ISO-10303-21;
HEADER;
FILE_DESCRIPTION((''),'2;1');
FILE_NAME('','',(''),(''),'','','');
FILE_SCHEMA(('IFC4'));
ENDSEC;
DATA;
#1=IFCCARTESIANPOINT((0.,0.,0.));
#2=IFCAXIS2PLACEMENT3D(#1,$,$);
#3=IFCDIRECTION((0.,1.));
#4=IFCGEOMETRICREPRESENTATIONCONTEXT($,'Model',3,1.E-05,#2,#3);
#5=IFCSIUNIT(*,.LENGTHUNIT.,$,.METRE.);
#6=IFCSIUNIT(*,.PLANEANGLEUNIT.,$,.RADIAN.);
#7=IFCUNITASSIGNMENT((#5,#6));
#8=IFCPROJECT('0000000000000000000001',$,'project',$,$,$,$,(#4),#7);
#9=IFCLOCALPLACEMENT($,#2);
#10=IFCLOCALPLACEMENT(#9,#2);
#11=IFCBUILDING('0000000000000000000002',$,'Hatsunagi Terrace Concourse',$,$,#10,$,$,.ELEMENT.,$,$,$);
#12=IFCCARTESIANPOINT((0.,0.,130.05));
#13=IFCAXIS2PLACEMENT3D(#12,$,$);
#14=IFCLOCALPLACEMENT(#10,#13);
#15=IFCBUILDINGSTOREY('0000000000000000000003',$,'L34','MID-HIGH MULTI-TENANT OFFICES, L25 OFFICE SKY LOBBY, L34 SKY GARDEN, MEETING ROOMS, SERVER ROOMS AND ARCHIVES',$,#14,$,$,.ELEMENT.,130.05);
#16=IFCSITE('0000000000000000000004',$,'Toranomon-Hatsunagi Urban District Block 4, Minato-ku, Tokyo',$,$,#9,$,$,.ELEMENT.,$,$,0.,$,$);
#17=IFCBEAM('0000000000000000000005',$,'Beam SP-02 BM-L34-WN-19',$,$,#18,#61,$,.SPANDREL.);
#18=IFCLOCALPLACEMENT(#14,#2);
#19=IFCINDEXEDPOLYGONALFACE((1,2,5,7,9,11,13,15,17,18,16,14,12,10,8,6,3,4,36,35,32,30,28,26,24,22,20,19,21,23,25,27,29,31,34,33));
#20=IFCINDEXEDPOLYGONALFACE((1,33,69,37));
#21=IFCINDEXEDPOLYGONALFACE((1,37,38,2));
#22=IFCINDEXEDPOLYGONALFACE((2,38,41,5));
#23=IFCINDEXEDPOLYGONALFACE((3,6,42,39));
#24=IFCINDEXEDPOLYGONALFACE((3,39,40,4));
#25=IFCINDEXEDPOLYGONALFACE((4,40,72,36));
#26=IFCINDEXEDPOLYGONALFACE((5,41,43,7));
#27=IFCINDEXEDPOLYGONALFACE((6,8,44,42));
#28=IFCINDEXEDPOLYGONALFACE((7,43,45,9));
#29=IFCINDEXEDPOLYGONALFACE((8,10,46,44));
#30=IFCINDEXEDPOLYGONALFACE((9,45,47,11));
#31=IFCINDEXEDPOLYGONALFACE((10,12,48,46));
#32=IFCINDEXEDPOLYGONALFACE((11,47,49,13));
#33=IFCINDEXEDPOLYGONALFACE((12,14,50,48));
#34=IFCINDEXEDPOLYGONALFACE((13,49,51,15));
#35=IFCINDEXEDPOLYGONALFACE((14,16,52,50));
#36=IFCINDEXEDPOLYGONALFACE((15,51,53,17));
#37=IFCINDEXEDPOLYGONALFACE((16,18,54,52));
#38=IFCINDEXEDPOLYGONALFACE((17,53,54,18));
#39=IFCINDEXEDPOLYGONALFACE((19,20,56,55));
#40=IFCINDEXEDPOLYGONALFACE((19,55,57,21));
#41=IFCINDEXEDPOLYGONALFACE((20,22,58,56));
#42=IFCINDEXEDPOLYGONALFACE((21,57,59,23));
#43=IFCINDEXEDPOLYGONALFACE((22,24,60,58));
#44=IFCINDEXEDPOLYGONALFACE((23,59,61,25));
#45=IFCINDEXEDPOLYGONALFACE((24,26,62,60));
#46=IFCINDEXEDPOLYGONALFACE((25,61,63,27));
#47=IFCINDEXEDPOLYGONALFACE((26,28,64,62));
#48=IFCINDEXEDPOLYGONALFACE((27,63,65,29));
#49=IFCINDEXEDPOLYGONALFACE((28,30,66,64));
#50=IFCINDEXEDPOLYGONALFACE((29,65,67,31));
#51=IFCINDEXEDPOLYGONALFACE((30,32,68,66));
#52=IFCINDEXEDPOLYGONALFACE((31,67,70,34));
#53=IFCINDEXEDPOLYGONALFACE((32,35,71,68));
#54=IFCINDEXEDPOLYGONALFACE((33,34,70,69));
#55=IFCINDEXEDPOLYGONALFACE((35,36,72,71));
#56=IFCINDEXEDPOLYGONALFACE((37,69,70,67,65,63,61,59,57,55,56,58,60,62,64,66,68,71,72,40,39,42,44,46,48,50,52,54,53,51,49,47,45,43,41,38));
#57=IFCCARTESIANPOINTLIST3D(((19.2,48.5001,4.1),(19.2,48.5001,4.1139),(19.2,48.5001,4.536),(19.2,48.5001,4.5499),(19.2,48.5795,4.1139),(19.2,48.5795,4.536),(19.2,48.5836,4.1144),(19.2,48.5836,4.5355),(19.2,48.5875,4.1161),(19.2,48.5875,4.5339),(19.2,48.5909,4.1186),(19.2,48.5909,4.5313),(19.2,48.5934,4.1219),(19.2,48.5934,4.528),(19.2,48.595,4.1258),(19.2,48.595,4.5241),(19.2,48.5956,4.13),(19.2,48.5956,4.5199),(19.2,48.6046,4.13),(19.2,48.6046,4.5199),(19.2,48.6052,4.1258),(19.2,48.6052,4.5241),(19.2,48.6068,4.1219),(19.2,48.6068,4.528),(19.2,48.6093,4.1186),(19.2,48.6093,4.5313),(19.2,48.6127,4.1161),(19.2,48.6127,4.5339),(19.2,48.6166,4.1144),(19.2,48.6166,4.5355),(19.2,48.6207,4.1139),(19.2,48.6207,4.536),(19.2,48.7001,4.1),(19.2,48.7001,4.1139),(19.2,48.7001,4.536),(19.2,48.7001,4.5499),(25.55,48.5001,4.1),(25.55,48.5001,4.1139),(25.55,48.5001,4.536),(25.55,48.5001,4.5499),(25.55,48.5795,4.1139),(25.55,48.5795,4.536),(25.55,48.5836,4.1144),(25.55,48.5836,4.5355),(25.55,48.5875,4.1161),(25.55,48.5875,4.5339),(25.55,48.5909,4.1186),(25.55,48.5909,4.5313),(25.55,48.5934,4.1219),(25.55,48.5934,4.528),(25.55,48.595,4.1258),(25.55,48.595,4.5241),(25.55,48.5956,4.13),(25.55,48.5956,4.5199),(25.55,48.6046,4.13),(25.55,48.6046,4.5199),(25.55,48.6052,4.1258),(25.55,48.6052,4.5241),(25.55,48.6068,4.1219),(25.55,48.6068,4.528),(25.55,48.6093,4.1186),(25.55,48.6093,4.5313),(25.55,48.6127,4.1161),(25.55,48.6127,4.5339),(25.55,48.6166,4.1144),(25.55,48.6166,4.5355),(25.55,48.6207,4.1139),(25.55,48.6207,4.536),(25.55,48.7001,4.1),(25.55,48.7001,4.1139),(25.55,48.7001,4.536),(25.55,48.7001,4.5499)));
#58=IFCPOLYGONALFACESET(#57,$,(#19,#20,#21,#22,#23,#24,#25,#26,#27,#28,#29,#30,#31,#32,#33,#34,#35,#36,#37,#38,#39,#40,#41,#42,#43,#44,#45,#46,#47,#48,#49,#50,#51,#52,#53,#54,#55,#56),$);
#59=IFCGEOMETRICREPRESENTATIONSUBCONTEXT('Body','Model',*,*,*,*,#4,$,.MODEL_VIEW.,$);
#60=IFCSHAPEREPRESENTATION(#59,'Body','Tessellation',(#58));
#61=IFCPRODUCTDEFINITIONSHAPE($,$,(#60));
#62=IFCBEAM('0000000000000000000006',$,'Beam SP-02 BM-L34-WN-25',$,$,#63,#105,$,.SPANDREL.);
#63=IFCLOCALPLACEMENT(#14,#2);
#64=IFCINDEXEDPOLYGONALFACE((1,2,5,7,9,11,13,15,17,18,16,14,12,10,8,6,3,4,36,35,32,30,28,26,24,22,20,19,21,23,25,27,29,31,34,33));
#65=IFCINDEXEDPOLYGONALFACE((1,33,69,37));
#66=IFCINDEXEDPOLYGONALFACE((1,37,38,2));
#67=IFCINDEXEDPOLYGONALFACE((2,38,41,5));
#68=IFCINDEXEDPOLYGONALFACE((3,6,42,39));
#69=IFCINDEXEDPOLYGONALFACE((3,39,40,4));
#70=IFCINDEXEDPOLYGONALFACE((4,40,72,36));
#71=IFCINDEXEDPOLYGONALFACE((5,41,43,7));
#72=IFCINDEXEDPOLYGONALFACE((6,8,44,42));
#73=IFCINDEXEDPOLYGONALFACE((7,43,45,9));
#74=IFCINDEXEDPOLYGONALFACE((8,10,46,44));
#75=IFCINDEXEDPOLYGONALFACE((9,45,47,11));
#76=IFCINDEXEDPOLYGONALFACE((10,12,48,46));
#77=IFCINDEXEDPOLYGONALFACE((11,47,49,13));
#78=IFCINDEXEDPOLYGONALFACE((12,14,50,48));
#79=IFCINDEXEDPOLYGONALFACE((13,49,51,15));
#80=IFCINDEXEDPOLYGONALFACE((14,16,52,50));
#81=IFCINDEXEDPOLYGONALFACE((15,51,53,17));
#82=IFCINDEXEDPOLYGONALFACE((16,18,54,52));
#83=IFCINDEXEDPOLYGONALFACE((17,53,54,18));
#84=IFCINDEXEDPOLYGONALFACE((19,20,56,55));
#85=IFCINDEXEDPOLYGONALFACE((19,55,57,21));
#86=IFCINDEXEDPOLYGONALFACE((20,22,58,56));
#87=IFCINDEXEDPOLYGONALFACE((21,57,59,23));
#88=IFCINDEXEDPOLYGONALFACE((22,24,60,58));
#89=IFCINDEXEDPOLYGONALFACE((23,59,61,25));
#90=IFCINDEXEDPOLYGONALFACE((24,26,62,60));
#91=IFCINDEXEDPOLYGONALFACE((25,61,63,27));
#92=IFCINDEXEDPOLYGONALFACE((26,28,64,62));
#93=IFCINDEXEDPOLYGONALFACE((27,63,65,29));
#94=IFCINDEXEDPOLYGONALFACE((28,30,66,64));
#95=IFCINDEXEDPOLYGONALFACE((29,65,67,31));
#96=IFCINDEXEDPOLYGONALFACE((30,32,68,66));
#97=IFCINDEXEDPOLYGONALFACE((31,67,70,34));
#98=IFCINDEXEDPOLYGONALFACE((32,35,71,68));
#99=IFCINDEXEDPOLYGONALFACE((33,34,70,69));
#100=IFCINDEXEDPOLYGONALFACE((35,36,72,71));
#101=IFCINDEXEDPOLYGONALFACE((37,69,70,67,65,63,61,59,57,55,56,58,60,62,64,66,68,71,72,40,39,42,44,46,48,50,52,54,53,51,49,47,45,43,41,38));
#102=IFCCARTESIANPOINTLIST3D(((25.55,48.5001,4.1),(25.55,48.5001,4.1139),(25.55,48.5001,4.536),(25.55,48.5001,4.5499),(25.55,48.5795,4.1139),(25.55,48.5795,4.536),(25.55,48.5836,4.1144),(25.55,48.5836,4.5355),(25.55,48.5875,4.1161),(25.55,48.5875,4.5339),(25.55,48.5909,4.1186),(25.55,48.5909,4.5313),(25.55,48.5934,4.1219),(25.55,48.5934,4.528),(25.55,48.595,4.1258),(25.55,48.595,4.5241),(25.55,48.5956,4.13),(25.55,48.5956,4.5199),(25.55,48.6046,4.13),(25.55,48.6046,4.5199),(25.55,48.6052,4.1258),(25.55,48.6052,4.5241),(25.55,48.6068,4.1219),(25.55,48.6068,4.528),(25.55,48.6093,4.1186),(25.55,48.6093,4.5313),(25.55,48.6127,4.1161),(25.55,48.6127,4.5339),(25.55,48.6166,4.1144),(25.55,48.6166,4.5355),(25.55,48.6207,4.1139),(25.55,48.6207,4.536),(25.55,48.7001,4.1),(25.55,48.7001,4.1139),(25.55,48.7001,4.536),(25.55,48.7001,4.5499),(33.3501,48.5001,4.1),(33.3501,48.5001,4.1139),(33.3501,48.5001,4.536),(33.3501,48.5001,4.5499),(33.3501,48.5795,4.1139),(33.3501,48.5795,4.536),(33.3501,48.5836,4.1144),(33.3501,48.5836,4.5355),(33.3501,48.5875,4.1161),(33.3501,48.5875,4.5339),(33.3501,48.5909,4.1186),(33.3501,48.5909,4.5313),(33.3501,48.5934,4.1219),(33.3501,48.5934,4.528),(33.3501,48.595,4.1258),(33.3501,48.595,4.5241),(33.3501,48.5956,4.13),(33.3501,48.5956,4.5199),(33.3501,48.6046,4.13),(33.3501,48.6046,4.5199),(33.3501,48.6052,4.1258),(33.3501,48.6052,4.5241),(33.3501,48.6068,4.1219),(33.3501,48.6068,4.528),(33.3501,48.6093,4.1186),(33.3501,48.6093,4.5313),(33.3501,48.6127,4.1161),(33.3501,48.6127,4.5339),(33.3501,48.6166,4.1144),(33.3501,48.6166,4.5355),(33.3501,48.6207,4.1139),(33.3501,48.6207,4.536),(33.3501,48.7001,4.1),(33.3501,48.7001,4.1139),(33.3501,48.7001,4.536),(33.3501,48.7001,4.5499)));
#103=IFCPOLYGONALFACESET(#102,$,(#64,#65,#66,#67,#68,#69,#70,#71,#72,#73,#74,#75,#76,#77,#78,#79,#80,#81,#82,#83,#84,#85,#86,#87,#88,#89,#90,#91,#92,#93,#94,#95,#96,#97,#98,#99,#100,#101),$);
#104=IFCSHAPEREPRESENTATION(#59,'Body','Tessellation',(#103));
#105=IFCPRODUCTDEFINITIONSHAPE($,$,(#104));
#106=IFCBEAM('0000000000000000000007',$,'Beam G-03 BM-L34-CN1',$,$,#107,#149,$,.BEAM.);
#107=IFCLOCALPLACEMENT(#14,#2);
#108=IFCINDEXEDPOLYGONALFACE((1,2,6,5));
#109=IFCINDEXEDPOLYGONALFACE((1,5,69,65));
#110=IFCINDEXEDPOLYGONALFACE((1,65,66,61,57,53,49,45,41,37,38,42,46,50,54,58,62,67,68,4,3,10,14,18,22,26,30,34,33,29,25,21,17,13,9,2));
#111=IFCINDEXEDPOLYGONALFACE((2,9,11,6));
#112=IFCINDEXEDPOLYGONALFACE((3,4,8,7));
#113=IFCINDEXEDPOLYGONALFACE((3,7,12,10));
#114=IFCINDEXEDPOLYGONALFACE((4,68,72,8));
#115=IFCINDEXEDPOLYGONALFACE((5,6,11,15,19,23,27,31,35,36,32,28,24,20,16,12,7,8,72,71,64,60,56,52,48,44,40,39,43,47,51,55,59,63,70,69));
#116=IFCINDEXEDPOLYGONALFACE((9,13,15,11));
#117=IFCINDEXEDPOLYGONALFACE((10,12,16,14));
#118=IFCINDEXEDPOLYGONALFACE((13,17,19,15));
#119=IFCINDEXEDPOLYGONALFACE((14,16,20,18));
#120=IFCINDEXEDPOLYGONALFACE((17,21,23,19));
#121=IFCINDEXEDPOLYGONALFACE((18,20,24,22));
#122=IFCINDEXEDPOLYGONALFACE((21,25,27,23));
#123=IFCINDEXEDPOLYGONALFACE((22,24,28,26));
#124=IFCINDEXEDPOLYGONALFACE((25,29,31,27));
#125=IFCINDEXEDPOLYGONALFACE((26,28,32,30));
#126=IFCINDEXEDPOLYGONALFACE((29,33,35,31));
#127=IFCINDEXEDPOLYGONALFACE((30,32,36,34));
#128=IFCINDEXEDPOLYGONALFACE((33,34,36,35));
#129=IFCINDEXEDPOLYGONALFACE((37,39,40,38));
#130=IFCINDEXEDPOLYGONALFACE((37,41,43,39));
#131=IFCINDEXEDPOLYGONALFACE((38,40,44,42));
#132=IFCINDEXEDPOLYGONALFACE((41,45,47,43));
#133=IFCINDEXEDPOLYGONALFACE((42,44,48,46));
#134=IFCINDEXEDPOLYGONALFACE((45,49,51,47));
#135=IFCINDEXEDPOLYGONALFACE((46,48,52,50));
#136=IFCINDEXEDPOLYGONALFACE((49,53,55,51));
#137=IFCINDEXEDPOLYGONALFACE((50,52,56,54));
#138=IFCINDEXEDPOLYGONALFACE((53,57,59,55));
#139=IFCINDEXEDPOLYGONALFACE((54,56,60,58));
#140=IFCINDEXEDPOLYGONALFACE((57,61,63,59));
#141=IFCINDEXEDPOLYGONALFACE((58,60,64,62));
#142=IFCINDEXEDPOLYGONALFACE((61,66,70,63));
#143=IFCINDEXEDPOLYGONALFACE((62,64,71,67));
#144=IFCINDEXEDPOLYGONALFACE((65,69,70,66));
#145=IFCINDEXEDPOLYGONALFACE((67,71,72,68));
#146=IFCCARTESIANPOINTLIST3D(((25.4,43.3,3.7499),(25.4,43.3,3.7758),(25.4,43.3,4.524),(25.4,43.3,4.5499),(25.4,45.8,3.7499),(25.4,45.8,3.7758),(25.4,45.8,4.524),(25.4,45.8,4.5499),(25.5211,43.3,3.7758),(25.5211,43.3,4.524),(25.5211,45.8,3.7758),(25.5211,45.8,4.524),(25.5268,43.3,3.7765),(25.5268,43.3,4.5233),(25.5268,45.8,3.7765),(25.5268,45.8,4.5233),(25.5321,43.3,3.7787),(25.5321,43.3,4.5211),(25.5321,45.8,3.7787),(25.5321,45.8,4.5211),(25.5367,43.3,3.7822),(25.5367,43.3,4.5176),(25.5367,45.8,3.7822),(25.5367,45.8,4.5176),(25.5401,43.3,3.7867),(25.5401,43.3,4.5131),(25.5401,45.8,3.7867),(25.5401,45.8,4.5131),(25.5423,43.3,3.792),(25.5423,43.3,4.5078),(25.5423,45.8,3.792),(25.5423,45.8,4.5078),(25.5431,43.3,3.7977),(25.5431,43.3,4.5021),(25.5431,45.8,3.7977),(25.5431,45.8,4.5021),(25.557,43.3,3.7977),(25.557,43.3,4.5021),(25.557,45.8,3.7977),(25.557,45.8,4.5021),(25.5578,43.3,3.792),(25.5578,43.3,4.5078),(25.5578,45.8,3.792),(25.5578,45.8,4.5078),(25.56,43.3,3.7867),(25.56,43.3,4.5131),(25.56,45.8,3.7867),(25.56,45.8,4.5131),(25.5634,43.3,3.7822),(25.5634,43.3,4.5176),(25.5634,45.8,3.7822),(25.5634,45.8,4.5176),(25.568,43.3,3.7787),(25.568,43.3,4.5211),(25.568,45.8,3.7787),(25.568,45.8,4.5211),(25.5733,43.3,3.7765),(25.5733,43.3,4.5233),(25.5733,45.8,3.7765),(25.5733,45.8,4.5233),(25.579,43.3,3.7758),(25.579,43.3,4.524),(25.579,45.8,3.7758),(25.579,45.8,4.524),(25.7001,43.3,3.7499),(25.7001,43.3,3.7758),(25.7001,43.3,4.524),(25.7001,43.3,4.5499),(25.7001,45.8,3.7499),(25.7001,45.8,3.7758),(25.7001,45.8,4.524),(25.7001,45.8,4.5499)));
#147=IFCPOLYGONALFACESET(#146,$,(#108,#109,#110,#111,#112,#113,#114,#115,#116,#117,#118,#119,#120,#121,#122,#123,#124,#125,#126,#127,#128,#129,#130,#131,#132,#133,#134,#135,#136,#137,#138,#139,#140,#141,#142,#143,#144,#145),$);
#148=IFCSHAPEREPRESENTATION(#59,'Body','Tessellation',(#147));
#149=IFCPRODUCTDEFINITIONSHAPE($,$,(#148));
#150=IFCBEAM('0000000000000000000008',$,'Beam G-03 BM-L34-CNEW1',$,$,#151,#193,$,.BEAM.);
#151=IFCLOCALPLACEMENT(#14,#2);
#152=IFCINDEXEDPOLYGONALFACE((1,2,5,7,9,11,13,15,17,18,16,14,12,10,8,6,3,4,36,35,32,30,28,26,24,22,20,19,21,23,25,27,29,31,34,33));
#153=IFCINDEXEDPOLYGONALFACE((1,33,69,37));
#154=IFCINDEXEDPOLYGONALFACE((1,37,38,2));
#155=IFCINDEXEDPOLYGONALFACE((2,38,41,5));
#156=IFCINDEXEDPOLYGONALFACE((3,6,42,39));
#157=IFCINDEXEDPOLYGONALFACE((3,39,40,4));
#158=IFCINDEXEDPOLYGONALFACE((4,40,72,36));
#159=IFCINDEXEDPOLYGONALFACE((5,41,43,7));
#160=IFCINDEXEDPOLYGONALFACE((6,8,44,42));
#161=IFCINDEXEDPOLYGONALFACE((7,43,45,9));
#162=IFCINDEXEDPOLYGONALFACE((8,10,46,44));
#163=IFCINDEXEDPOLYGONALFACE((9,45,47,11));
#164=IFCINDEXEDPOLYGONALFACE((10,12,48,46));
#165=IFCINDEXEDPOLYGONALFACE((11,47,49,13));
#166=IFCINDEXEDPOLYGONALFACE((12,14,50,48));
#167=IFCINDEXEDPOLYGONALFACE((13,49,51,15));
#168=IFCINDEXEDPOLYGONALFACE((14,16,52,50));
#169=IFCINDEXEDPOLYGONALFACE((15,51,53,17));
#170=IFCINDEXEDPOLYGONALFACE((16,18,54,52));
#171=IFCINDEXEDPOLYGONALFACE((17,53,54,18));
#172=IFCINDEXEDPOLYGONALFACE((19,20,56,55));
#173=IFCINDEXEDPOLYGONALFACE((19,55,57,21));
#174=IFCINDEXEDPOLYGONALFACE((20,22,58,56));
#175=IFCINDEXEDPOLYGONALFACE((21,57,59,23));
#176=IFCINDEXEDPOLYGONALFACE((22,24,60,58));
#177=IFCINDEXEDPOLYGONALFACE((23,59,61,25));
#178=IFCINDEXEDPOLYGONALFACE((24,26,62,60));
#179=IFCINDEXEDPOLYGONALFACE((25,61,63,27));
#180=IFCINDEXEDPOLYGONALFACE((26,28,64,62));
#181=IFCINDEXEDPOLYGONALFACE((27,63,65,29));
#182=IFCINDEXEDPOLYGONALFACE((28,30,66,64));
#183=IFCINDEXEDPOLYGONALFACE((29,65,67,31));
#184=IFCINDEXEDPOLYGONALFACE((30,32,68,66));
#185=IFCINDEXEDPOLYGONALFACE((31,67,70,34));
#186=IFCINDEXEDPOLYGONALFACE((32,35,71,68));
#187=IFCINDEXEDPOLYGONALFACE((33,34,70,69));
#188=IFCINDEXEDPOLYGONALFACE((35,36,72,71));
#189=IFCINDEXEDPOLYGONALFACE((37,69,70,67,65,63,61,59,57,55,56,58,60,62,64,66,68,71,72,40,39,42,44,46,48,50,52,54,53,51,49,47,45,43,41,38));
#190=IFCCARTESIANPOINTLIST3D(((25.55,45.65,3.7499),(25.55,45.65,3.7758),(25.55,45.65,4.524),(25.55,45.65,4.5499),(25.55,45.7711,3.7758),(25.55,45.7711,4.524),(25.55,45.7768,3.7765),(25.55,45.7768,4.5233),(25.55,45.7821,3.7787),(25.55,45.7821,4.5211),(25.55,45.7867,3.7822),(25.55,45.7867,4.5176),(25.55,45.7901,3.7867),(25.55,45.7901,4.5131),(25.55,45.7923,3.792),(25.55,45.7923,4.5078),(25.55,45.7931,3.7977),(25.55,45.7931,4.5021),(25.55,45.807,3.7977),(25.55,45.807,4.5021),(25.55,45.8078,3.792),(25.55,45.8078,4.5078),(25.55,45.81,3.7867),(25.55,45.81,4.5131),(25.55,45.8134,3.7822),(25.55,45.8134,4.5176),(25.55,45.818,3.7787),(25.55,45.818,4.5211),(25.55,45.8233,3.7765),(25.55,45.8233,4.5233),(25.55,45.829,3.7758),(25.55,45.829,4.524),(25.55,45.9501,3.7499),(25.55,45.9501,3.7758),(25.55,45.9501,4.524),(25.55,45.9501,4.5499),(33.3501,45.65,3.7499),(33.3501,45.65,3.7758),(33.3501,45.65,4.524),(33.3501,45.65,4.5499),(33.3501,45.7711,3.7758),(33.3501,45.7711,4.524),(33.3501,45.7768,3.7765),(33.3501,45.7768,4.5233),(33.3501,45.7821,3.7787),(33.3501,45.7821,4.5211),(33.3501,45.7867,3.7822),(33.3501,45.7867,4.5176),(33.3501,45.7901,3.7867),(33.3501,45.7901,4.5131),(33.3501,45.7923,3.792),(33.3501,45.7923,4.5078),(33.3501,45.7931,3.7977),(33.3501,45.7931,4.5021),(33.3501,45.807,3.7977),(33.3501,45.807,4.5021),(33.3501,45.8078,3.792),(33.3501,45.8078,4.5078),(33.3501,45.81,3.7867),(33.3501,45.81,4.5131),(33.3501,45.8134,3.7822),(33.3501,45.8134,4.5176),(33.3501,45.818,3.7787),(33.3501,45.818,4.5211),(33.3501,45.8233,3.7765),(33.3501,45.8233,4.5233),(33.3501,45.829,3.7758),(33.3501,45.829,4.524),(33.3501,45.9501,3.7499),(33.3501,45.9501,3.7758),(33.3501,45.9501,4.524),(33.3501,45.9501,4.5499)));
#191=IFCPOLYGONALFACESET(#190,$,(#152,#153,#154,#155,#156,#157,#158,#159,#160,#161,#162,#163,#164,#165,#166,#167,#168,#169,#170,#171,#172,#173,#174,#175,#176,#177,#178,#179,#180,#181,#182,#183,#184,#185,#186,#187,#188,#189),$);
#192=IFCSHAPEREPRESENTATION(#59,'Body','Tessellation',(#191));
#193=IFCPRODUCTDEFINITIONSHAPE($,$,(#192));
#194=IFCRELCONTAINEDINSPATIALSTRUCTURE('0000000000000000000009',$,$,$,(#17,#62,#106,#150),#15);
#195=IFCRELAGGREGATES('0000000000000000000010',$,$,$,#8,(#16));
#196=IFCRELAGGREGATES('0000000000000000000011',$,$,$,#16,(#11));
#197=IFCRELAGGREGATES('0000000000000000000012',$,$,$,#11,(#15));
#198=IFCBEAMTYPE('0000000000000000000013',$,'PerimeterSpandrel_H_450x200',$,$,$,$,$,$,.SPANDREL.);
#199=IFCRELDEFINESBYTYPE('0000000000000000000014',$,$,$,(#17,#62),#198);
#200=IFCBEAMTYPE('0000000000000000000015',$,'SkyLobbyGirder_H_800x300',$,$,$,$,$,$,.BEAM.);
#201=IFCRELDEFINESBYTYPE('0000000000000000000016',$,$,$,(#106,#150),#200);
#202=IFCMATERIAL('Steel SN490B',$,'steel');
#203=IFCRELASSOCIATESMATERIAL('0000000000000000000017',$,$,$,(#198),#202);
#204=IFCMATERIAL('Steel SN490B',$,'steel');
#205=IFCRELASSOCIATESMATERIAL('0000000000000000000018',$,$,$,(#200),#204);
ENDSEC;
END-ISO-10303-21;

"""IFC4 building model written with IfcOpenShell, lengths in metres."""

from ifc_helpers import new_model, si_unit, direction, frame, origin, origin_2d, place, context, subcontext, project, spatial, i_section, extrude, material, material_profile, profile_set, type_object, element, save


model = new_model("IFC4")

# Units and contexts
model_context = context("Model", 3, precision=1e-05, world=origin(), true_north=direction((0.0, 1.0)))
body_context = subcontext(model_context, "Body", "Model", "MODEL_VIEW")
ifc_project = project(units=[si_unit("LENGTHUNIT", "METRE"), si_unit("PLANEANGLEUNIT", "RADIAN")], contexts=[model_context])

# Site, building, storey
site_placement = place(None, origin())
site = spatial("IfcSite", under=ifc_project, at=site_placement, Name="Toranomon-Hatsunagi Urban District Block 4, Minato-ku, Tokyo", CompositionType="ELEMENT", RefElevation=0.0)
building_placement = place(site_placement, origin())
building = spatial("IfcBuilding", under=site, at=building_placement, Name="Hatsunagi Terrace Concourse", CompositionType="ELEMENT")
storey_placement = place(building_placement, frame((0.0, 0.0, 130.05)))
storey = spatial("IfcBuildingStorey", under=building, at=storey_placement, Name="L34", Description="MID-HIGH MULTI-TENANT OFFICES, L25 OFFICE SKY LOBBY, L34 SKY GARDEN, MEETING ROOMS, SERVER ROOMS AND ARCHIVES", CompositionType="ELEMENT", Elevation=130.05)

# Beams
ifc_material_1 = material(Name="Steel SN490B", Category="steel")
ifc_material_profile_1 = material_profile(ifc_material_1, i_section(OverallWidth=0.2, OverallDepth=0.45, WebThickness=0.009, FlangeThickness=0.0139, FilletRadius=0.0161, at=origin_2d()), Name="H-450x200x9x14")
ifc_profile_set_1 = profile_set([ifc_material_profile_1], Name="Steel SN490B")
beam_type_1 = type_object("IfcBeamType", Name="PerimeterSpandrel_H_450x200", PredefinedType="SPANDREL", material=ifc_profile_set_1)
beam_1_placement = place(storey_placement, frame((19.2, 48.6001, 4.325), z_axis=(1.0, 0.0, 0.0), x_axis=(0.0, 1.0, 0.0)))
element("IfcBeam", 1, at=beam_1_placement, inside=storey, type_object=beam_type_1, Name="Beam SP-02 BM-L34-WN-19", PredefinedType="SPANDREL", context=body_context, shape_type="SweptSolid", body=[
    extrude(i_section(OverallWidth=0.2, OverallDepth=0.45, WebThickness=0.009, FlangeThickness=0.0139, FilletRadius=0.0161, at=origin_2d()), origin(), (0.0, 0.0, 1.0), 6.3501),
])
beam_2_placement = place(storey_placement, frame((25.55, 48.6001, 4.325), z_axis=(1.0, 0.0, 0.0), x_axis=(0.0, 1.0, 0.0)))
element("IfcBeam", 2, at=beam_2_placement, inside=storey, type_object=beam_type_1, Name="Beam SP-02 BM-L34-WN-25", PredefinedType="SPANDREL", context=body_context, shape_type="SweptSolid", body=[
    extrude(i_section(OverallWidth=0.2, OverallDepth=0.45, WebThickness=0.009, FlangeThickness=0.0139, FilletRadius=0.0161, at=origin_2d()), origin(), (0.0, 0.0, 1.0), 7.8),
])
ifc_material_2 = material(Name="Steel SN490B", Category="steel")
ifc_material_profile_2 = material_profile(ifc_material_2, i_section(OverallWidth=0.3, OverallDepth=0.8, WebThickness=0.0139, FlangeThickness=0.0259, FilletRadius=0.022, at=origin_2d()), Name="H-800x300x14x26")
ifc_profile_set_2 = profile_set([ifc_material_profile_2], Name="Steel SN490B")
beam_type_2 = type_object("IfcBeamType", Name="SkyLobbyGirder_H_800x300", PredefinedType="BEAM", material=ifc_profile_set_2)
beam_3_placement = place(storey_placement, frame((25.55, 43.3, 4.1499), z_axis=(0.0, 1.0, 0.0), x_axis=(-1.0, 0.0, 0.0)))
element("IfcBeam", 3, at=beam_3_placement, inside=storey, type_object=beam_type_2, Name="Beam G-03 BM-L34-CN1", PredefinedType="BEAM", context=body_context, shape_type="SweptSolid", body=[
    extrude(i_section(OverallWidth=0.3, OverallDepth=0.8, WebThickness=0.0139, FlangeThickness=0.0259, FilletRadius=0.022, at=origin_2d()), origin(), (0.0, 0.0, 1.0), 2.5),
])
beam_4_placement = place(storey_placement, frame((25.55, 45.8, 4.1499), z_axis=(1.0, 0.0, 0.0), x_axis=(0.0, 1.0, 0.0)))
element("IfcBeam", 4, at=beam_4_placement, inside=storey, type_object=beam_type_2, Name="Beam G-03 BM-L34-CNEW1", PredefinedType="BEAM", context=body_context, shape_type="SweptSolid", body=[
    extrude(i_section(OverallWidth=0.3, OverallDepth=0.8, WebThickness=0.0139, FlangeThickness=0.0259, FilletRadius=0.022, at=origin_2d()), origin(), (0.0, 0.0, 1.0), 7.8),
])

save(model, "model.ifc")
